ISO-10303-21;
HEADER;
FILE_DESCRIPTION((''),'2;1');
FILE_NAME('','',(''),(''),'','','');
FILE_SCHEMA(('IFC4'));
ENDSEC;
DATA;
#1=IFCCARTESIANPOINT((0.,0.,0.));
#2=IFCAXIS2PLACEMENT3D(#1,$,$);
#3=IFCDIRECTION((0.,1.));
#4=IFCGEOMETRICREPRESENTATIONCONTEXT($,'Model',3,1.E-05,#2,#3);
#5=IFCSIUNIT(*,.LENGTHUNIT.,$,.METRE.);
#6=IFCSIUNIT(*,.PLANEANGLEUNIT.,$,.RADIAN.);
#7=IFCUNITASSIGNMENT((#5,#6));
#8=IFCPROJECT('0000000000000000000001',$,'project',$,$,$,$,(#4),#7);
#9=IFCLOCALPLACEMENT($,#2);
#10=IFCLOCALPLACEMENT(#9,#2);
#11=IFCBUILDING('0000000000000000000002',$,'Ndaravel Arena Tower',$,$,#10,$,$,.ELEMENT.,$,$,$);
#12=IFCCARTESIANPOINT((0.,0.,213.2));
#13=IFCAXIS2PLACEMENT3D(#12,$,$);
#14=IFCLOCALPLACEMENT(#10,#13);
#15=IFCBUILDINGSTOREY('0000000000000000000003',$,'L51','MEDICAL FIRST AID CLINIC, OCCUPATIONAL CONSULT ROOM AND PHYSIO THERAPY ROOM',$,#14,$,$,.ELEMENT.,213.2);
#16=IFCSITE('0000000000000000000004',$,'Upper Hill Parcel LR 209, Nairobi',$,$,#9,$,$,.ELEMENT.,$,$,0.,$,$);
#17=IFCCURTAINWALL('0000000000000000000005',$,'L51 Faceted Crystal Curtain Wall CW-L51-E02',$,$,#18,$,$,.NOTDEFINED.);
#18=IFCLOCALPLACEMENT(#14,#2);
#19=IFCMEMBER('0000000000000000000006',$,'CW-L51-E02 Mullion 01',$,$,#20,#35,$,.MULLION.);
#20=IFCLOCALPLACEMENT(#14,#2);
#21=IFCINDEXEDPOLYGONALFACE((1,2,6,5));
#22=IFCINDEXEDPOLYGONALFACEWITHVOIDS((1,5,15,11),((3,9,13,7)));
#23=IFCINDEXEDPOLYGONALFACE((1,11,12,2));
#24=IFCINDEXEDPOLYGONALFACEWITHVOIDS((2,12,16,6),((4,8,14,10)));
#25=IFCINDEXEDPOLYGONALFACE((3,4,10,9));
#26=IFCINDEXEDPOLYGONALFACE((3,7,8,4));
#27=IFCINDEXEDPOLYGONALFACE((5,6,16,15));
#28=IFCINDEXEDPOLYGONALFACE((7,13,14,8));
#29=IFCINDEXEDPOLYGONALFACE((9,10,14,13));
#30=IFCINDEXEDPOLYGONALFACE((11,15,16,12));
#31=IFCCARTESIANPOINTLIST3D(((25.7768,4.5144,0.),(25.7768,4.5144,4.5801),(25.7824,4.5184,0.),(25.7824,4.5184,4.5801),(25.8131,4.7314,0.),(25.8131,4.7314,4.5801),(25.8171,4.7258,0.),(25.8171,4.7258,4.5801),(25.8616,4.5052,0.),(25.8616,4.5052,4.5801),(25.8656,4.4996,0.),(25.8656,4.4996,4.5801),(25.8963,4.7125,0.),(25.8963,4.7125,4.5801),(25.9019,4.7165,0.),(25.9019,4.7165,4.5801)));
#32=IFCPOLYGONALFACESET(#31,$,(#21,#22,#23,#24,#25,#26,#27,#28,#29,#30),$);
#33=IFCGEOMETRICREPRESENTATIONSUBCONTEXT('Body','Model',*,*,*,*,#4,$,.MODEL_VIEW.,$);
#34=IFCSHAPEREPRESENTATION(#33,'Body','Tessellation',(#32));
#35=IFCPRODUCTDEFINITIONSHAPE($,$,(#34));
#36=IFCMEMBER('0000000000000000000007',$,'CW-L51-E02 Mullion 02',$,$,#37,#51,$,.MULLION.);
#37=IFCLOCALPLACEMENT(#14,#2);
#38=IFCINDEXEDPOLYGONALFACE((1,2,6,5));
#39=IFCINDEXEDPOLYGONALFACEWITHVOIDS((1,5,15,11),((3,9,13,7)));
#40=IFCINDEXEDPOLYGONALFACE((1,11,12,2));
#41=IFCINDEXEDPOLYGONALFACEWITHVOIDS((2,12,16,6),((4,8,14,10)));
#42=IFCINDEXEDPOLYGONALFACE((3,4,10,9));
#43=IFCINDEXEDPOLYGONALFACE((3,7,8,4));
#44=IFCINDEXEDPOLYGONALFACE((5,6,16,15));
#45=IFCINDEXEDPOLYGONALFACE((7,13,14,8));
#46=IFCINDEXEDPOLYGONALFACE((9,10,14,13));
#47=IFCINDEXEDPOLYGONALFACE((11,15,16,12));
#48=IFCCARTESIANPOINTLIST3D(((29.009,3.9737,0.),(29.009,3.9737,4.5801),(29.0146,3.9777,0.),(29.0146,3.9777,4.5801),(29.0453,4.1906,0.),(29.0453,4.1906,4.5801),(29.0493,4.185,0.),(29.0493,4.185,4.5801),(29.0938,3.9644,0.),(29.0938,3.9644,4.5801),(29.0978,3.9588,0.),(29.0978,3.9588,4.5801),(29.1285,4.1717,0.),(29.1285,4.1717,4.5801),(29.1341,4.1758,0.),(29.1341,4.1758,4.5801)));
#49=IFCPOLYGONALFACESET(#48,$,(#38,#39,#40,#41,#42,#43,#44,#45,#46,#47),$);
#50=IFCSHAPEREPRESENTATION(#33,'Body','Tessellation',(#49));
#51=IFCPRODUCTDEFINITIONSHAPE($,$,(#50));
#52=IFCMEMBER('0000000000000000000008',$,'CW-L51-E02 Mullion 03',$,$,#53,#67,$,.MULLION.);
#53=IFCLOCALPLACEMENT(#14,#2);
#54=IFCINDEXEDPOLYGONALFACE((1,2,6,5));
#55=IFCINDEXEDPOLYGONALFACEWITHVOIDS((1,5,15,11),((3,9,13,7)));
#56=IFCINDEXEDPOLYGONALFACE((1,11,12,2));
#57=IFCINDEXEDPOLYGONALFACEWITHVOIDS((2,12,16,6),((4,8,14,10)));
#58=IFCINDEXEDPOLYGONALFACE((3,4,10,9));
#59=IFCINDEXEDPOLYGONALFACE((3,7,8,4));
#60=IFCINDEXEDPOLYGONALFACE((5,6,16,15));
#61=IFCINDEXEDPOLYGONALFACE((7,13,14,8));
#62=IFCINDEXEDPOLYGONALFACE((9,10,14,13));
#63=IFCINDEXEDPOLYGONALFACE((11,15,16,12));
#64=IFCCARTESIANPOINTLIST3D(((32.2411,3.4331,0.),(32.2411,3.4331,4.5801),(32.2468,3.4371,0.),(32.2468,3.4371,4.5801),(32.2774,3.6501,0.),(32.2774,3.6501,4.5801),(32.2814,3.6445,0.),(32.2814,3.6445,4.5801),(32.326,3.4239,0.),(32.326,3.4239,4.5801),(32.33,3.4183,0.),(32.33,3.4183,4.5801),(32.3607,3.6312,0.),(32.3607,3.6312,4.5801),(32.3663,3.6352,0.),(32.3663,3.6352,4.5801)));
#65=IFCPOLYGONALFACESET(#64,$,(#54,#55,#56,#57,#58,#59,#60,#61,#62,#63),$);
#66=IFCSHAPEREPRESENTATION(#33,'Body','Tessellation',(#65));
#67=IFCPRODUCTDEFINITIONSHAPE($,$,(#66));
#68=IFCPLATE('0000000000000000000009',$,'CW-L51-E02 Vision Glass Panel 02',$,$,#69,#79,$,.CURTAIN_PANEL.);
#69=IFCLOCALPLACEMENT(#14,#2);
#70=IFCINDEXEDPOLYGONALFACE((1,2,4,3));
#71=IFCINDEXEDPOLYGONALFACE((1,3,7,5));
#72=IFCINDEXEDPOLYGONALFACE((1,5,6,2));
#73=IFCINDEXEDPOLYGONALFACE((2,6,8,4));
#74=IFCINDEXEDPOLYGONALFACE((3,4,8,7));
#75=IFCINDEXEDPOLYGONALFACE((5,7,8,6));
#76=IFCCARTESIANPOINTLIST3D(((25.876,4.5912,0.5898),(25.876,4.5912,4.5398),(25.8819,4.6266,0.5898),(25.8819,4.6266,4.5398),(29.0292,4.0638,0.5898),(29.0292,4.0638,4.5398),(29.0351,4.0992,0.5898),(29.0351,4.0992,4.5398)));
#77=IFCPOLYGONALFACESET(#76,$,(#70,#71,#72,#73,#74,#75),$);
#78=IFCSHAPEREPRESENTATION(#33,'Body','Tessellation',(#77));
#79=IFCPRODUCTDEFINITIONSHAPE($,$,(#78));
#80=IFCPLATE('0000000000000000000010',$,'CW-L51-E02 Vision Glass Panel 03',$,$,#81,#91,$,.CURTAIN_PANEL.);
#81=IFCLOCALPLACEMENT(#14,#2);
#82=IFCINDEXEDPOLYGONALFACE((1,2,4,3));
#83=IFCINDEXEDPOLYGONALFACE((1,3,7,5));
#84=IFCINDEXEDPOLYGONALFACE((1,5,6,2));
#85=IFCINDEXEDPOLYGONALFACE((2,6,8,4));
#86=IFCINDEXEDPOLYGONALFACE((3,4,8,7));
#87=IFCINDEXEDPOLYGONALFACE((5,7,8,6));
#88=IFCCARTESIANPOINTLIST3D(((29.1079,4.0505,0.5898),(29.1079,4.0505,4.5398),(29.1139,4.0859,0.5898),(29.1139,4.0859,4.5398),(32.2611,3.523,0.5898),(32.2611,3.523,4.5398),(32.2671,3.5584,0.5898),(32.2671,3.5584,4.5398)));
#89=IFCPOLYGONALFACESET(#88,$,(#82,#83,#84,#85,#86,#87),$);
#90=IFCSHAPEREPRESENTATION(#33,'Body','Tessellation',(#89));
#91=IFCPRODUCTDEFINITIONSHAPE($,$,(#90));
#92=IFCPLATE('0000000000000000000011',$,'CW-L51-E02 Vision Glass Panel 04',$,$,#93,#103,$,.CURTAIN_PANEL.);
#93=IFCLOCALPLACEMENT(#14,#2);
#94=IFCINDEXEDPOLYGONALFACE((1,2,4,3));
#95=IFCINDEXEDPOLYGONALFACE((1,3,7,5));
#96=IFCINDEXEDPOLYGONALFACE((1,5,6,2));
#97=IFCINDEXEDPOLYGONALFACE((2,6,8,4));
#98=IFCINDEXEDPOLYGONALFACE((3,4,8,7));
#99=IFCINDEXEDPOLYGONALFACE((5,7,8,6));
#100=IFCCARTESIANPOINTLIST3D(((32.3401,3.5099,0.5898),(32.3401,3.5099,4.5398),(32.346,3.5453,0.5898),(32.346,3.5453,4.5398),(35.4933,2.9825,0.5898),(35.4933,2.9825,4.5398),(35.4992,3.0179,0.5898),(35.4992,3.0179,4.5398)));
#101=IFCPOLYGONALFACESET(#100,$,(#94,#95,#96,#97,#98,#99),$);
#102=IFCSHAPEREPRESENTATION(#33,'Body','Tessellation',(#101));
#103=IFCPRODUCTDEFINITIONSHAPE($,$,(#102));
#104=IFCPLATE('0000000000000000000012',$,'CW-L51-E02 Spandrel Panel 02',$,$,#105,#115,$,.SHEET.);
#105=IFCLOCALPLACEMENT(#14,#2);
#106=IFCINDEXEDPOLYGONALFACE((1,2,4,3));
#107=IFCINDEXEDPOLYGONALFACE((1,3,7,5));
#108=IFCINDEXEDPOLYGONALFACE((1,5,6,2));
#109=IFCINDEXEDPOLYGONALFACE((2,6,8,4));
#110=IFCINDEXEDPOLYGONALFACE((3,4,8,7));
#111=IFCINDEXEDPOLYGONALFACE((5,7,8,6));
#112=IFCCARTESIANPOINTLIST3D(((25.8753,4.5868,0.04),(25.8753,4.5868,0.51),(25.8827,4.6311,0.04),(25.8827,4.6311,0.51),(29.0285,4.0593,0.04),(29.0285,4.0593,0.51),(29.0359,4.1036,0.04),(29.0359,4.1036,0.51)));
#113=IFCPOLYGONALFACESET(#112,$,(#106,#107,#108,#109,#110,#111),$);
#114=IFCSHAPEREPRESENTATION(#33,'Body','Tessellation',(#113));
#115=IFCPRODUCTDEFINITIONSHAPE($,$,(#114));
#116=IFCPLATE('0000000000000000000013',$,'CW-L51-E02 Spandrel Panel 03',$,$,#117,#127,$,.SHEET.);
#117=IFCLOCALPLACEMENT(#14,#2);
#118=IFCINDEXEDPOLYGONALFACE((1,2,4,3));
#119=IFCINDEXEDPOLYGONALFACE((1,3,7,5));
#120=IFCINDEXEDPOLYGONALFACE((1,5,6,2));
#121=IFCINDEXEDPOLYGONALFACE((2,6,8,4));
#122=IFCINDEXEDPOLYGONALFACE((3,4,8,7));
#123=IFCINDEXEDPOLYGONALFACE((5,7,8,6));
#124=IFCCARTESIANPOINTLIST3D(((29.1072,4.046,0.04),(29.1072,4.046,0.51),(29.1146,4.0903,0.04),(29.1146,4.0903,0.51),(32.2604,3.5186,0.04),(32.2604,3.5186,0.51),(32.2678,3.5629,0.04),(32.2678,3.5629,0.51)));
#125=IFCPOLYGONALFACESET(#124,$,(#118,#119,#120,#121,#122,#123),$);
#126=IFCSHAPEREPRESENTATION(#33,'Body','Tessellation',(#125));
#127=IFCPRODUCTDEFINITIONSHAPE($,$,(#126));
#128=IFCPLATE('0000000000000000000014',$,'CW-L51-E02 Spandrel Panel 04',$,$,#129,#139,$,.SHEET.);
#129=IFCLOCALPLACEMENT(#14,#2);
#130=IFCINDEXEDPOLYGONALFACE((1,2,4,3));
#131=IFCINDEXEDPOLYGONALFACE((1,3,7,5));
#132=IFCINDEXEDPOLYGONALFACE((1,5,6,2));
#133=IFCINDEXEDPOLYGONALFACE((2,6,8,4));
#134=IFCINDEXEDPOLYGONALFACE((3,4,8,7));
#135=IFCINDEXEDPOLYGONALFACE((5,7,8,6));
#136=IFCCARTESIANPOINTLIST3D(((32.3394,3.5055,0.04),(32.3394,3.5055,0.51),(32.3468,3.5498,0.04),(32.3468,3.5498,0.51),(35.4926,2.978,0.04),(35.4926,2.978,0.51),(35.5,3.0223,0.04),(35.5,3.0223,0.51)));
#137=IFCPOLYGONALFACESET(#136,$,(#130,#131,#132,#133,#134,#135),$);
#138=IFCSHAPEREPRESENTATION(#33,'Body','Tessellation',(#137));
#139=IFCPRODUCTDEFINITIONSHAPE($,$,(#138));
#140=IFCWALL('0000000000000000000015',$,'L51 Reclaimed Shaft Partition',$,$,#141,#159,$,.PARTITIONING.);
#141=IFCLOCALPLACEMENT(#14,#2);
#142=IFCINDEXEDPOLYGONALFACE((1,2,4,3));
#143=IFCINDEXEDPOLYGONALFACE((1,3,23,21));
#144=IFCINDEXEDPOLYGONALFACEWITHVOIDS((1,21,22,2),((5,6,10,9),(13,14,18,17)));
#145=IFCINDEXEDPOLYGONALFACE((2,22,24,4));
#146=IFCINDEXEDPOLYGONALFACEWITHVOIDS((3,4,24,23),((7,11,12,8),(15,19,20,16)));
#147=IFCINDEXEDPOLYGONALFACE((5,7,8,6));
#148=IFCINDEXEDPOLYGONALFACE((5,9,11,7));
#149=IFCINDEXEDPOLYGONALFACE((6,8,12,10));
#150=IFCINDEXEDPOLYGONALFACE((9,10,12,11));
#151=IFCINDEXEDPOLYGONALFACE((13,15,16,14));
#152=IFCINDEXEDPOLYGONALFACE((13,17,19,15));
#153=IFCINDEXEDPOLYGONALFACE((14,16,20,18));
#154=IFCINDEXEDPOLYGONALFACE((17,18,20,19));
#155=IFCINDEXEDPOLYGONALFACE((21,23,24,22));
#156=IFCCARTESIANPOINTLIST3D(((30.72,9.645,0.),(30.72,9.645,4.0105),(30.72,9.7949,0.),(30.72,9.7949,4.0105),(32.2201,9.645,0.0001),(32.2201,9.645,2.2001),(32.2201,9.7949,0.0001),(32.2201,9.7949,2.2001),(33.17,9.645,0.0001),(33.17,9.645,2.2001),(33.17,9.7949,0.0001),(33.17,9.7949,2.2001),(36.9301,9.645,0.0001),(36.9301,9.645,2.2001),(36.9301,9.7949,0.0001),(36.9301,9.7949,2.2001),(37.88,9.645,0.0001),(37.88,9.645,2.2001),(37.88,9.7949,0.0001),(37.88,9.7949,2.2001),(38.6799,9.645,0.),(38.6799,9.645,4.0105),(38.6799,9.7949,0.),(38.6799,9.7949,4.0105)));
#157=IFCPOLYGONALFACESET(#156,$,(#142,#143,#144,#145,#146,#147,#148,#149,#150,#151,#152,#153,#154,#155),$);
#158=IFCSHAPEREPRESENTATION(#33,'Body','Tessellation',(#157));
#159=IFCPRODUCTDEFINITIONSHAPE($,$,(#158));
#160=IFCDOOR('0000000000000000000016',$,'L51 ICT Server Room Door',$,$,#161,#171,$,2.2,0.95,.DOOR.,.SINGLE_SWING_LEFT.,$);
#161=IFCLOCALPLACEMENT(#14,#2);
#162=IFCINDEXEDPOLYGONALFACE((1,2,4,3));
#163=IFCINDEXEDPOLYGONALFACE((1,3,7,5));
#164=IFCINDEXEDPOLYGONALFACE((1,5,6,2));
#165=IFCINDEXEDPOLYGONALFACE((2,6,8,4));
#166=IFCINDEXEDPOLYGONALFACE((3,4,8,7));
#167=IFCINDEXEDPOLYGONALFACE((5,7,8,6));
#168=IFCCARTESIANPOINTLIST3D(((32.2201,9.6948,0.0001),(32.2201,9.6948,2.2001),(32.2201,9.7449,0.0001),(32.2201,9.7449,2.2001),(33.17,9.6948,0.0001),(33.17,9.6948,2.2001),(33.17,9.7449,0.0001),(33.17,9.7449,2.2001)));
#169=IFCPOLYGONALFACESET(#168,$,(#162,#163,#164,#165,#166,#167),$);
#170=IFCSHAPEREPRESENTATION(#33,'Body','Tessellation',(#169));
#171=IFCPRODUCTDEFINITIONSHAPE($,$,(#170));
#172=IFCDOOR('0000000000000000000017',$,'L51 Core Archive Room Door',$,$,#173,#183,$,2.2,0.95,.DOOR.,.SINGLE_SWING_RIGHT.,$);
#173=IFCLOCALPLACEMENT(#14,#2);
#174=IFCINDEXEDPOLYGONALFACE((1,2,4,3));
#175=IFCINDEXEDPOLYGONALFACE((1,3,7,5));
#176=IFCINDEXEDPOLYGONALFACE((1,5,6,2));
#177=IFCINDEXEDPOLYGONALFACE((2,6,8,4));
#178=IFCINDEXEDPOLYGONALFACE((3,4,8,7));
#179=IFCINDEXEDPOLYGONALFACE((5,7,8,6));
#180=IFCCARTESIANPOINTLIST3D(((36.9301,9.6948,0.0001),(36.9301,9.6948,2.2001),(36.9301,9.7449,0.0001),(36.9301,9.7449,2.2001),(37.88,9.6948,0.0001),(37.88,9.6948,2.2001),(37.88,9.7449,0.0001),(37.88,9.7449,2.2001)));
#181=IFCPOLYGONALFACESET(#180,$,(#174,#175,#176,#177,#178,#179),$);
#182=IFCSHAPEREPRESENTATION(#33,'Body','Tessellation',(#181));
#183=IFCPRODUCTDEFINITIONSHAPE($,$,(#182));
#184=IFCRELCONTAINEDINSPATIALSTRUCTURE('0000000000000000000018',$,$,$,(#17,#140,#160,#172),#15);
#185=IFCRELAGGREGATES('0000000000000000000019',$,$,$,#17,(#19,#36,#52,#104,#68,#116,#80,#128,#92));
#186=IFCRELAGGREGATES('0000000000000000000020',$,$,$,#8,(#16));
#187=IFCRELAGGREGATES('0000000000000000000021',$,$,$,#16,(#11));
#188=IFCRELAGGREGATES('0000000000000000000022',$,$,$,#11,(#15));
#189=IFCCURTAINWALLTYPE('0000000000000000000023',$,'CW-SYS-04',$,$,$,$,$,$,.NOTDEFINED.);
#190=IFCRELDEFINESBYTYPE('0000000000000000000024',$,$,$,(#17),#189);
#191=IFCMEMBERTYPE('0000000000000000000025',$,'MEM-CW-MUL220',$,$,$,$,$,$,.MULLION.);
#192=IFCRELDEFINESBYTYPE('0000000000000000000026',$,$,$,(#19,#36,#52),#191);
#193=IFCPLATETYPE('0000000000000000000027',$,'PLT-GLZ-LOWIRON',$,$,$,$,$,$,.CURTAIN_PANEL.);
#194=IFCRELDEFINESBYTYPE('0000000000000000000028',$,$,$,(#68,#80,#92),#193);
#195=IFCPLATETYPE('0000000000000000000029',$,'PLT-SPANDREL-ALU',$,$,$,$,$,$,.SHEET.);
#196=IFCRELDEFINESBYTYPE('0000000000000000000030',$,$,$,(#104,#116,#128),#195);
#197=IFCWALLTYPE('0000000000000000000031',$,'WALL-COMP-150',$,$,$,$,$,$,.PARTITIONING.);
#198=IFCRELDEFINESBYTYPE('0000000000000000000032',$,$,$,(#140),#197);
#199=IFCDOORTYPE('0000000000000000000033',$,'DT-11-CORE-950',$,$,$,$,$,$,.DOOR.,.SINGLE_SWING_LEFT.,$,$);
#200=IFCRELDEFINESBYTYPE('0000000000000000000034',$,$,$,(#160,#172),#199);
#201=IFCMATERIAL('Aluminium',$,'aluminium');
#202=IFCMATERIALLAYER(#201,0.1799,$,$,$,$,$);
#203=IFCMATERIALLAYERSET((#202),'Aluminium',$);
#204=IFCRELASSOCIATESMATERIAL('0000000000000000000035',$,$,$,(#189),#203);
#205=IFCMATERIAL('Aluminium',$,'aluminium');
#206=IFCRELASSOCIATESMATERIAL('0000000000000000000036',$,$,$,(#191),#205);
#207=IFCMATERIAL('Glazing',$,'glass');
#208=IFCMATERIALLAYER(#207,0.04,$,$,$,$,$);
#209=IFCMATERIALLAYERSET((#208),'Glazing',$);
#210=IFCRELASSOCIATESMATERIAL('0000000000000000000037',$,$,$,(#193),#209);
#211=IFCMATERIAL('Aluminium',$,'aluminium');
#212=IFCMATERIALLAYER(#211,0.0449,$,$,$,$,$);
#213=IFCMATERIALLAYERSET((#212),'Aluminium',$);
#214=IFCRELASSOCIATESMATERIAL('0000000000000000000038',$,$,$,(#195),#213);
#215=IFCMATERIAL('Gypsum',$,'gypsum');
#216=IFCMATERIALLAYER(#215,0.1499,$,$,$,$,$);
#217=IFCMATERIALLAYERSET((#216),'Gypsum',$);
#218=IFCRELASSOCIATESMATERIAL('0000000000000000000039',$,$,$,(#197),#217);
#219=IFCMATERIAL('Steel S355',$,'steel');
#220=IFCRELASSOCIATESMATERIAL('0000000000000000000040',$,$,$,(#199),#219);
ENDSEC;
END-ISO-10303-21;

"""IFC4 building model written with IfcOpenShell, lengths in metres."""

from ifc_helpers import new_model, si_unit, direction, frame, frame_2d, origin, origin_2d, place, context, subcontext, project, spatial, rectangle, hollow_rectangle, extrude, material, layer, layer_set, material_profile, profile_set, type_object, element, fill, aggregate, save


model = new_model("IFC4")

# Units and contexts
model_context = context("Model", 3, precision=1e-05, world=origin(), true_north=direction((0.0, 1.0)))
body_context = subcontext(model_context, "Body", "Model", "MODEL_VIEW")
ifc_project = project(units=[si_unit("LENGTHUNIT", "METRE"), si_unit("PLANEANGLEUNIT", "RADIAN")], contexts=[model_context])

# Site, building, storey
site_placement = place(None, origin())
site = spatial("IfcSite", under=ifc_project, at=site_placement, Name="Upper Hill Parcel LR 209, Nairobi", CompositionType="ELEMENT", RefElevation=0.0)
building_placement = place(site_placement, origin())
building = spatial("IfcBuilding", under=site, at=building_placement, Name="Ndaravel Arena Tower", CompositionType="ELEMENT")
storey_placement = place(building_placement, frame((0.0, 0.0, 213.2)))
storey = spatial("IfcBuildingStorey", under=building, at=storey_placement, Name="L51", Description="MEDICAL FIRST AID CLINIC, OCCUPATIONAL CONSULT ROOM AND PHYSIO THERAPY ROOM", CompositionType="ELEMENT", Elevation=213.2)

# Curtain wall, members, plates
ifc_material_1 = material(Name="Aluminium", Category="aluminium")
ifc_layer_1 = layer(ifc_material_1, 0.1799)
ifc_layer_set_1 = layer_set([ifc_layer_1], Name="Aluminium")
curtain_wall_type = type_object("IfcCurtainWallType", Name="CW-SYS-04", PredefinedType="NOTDEFINED", material=ifc_layer_set_1)
curtain_wall_placement = place(storey_placement, origin())
curtain_wall = element("IfcCurtainWall", 1, at=curtain_wall_placement, inside=storey, type_object=curtain_wall_type, Name="L51 Faceted Crystal Curtain Wall CW-L51-E02", PredefinedType="NOTDEFINED")
ifc_material_2 = material(Name="Aluminium", Category="aluminium")
ifc_material_profile = material_profile(ifc_material_2, hollow_rectangle(XDim=0.0901, YDim=0.22, WallThickness=0.0049, at=origin_2d()), Name="CW MULLION 90x220x5")
ifc_profile_set = profile_set([ifc_material_profile], Name="Aluminium")
member_type = type_object("IfcMemberType", Name="MEM-CW-MUL220", PredefinedType="MULLION", material=ifc_profile_set)
member_1_placement = place(storey_placement, frame((25.8394, 4.6155, 0.0), z_axis=(0.0, 0.0, 1.0), x_axis=(0.986297, -0.164979, 0.0)))
member_1 = element("IfcMember", 2, at=member_1_placement, type_object=member_type, Name="CW-L51-E02 Mullion 01", PredefinedType="MULLION", context=body_context, shape_type="SweptSolid", body=[
    extrude(hollow_rectangle(XDim=0.0901, YDim=0.22, WallThickness=0.0049, at=origin_2d()), origin(), (0.0, 0.0, 1.0), 4.5801),
])
member_2_placement = place(storey_placement, frame((29.0715, 4.0747, 0.0), z_axis=(0.0, 0.0, 1.0), x_axis=(0.986297, -0.164979, 0.0)))
member_2 = element("IfcMember", 3, at=member_2_placement, type_object=member_type, Name="CW-L51-E02 Mullion 02", PredefinedType="MULLION", context=body_context, shape_type="SweptSolid", body=[
    extrude(hollow_rectangle(XDim=0.0901, YDim=0.22, WallThickness=0.0049, at=origin_2d()), origin(), (0.0, 0.0, 1.0), 4.5801),
])
member_3_placement = place(storey_placement, frame((32.3037, 3.5342, 0.0), z_axis=(0.0, 0.0, 1.0), x_axis=(0.986297, -0.164979, 0.0)))
member_3 = element("IfcMember", 4, at=member_3_placement, type_object=member_type, Name="CW-L51-E02 Mullion 03", PredefinedType="MULLION", context=body_context, shape_type="SweptSolid", body=[
    extrude(hollow_rectangle(XDim=0.0901, YDim=0.22, WallThickness=0.0049, at=origin_2d()), origin(), (0.0, 0.0, 1.0), 4.5801),
])
ifc_material_3 = material(Name="Glazing", Category="glass")
ifc_layer_2 = layer(ifc_material_3, 0.04)
ifc_layer_set_2 = layer_set([ifc_layer_2], Name="Glazing")
plate_type_1 = type_object("IfcPlateType", Name="PLT-GLZ-LOWIRON", PredefinedType="CURTAIN_PANEL", material=ifc_layer_set_2)
plate_1_placement = place(storey_placement, frame((27.4556, 4.3452, 0.5898), z_axis=(0.0, 0.0, 1.0), x_axis=(0.986297, -0.164979, 0.0)))
plate_1 = element("IfcPlate", 5, at=plate_1_placement, type_object=plate_type_1, Name="CW-L51-E02 Vision Glass Panel 02", PredefinedType="CURTAIN_PANEL", context=body_context, shape_type="SweptSolid", body=[
    extrude(rectangle(XDim=3.197, YDim=0.0359, at=origin_2d()), origin(), (0.0, 0.0, 1.0), 3.95),
])
plate_2_placement = place(storey_placement, frame((30.6875, 3.8044, 0.5898), z_axis=(0.0, 0.0, 1.0), x_axis=(0.986297, -0.164979, 0.0)))
plate_2 = element("IfcPlate", 6, at=plate_2_placement, type_object=plate_type_1, Name="CW-L51-E02 Vision Glass Panel 03", PredefinedType="CURTAIN_PANEL", context=body_context, shape_type="SweptSolid", body=[
    extrude(rectangle(XDim=3.197, YDim=0.0359, at=origin_2d()), origin(), (0.0, 0.0, 1.0), 3.95),
])
plate_3_placement = place(storey_placement, frame((33.9197, 3.2639, 0.5898), z_axis=(0.0, 0.0, 1.0), x_axis=(0.986297, -0.164979, 0.0)))
plate_3 = element("IfcPlate", 7, at=plate_3_placement, type_object=plate_type_1, Name="CW-L51-E02 Vision Glass Panel 04", PredefinedType="CURTAIN_PANEL", context=body_context, shape_type="SweptSolid", body=[
    extrude(rectangle(XDim=3.197, YDim=0.0359, at=origin_2d()), origin(), (0.0, 0.0, 1.0), 3.95),
])
ifc_material_4 = material(Name="Aluminium", Category="aluminium")
ifc_layer_3 = layer(ifc_material_4, 0.0449)
ifc_layer_set_3 = layer_set([ifc_layer_3], Name="Aluminium")
plate_type_2 = type_object("IfcPlateType", Name="PLT-SPANDREL-ALU", PredefinedType="SHEET", material=ifc_layer_set_3)
plate_4_placement = place(storey_placement, frame((27.4556, 4.3452, 0.04), z_axis=(0.0, 0.0, 1.0), x_axis=(0.986297, -0.164979, 0.0)))
plate_4 = element("IfcPlate", 8, at=plate_4_placement, type_object=plate_type_2, Name="CW-L51-E02 Spandrel Panel 02", PredefinedType="SHEET", context=body_context, shape_type="SweptSolid", body=[
    extrude(rectangle(XDim=3.197, YDim=0.0449, at=origin_2d()), origin(), (0.0, 0.0, 1.0), 0.47),
])
plate_5_placement = place(storey_placement, frame((30.6875, 3.8044, 0.04), z_axis=(0.0, 0.0, 1.0), x_axis=(0.986297, -0.164979, 0.0)))
plate_5 = element("IfcPlate", 9, at=plate_5_placement, type_object=plate_type_2, Name="CW-L51-E02 Spandrel Panel 03", PredefinedType="SHEET", context=body_context, shape_type="SweptSolid", body=[
    extrude(rectangle(XDim=3.197, YDim=0.0449, at=origin_2d()), origin(), (0.0, 0.0, 1.0), 0.47),
])
plate_6_placement = place(storey_placement, frame((33.9197, 3.2639, 0.04), z_axis=(0.0, 0.0, 1.0), x_axis=(0.986297, -0.164979, 0.0)))
plate_6 = element("IfcPlate", 10, at=plate_6_placement, type_object=plate_type_2, Name="CW-L51-E02 Spandrel Panel 04", PredefinedType="SHEET", context=body_context, shape_type="SweptSolid", body=[
    extrude(rectangle(XDim=3.197, YDim=0.0449, at=origin_2d()), origin(), (0.0, 0.0, 1.0), 0.47),
])
aggregate(curtain_wall, [member_1, member_2, member_3, plate_4, plate_1, plate_5, plate_2, plate_6, plate_3])

# Wall, openings, doors
ifc_material_5 = material(Name="Gypsum", Category="gypsum")
ifc_layer_4 = layer(ifc_material_5, 0.1499)
ifc_layer_set_4 = layer_set([ifc_layer_4], Name="Gypsum")
wall_type_1 = type_object("IfcWallType", Name="WALL-COMP-150", PredefinedType="PARTITIONING", material=ifc_layer_set_4)
wall_1_placement = place(storey_placement, frame((30.72, 9.72, 0.0), z_axis=(0.0, 0.0, 1.0), x_axis=(1.0, 0.0, 0.0)))
wall_1 = element("IfcWall", 11, at=wall_1_placement, inside=storey, type_object=wall_type_1, Name="L51 Reclaimed Shaft Partition", PredefinedType="PARTITIONING", context=body_context, shape_type="SweptSolid", body=[
    extrude(rectangle(XDim=7.96, YDim=0.1499, at=frame_2d((3.98, 0.0))), origin(), (0.0, 0.0, 1.0), 4.0105),
])
opening_1_placement = place(wall_1_placement, frame((1.5, 0.0, 0.0)))
opening_1 = element("IfcOpeningElement", 12, at=opening_1_placement, cuts=wall_1, PredefinedType="OPENING", context=body_context, shape_type="SweptSolid", body=[
    extrude(rectangle(XDim=0.95, YDim=2.2, at=frame_2d((0.4751, 1.1001))), frame((0.0, 0.075, 0.0), z_axis=(0.0, -1.0, 0.0), x_axis=(1.0, 0.0, 0.0)), (0.0, 0.0, 1.0), 0.1499),
])
opening_2_placement = place(wall_1_placement, frame((6.21, 0.0, 0.0)))
opening_2 = element("IfcOpeningElement", 13, at=opening_2_placement, cuts=wall_1, PredefinedType="OPENING", context=body_context, shape_type="SweptSolid", body=[
    extrude(rectangle(XDim=0.95, YDim=2.2, at=frame_2d((0.4751, 1.1001))), frame((0.0, 0.075, 0.0), z_axis=(0.0, -1.0, 0.0), x_axis=(1.0, 0.0, 0.0)), (0.0, 0.0, 1.0), 0.1499),
])
ifc_material_6 = material(Name="Steel S355", Category="steel")
door_type = type_object("IfcDoorType", Name="DT-11-CORE-950", OperationType="SINGLE_SWING_LEFT", PredefinedType="DOOR", material=ifc_material_6)
door_1_placement = place(opening_1_placement, origin())
door_1 = element("IfcDoor", 14, at=door_1_placement, inside=storey, type_object=door_type, Name="L51 ICT Server Room Door", OperationType="SINGLE_SWING_LEFT", OverallHeight=2.2, OverallWidth=0.95, PredefinedType="DOOR", context=body_context, shape_type="SweptSolid", body=[
    extrude(rectangle(XDim=0.95, YDim=2.2, at=frame_2d((0.4751, 1.1001))), frame((0.0, 0.0249, 0.0), z_axis=(0.0, -1.0, 0.0), x_axis=(1.0, 0.0, 0.0)), (0.0, 0.0, 1.0), 0.05),
])
fill(opening_1, door_1)
door_2_placement = place(opening_2_placement, origin())
door_2 = element("IfcDoor", 15, at=door_2_placement, inside=storey, type_object=door_type, Name="L51 Core Archive Room Door", OperationType="SINGLE_SWING_RIGHT", OverallHeight=2.2, OverallWidth=0.95, PredefinedType="DOOR", context=body_context, shape_type="SweptSolid", body=[
    extrude(rectangle(XDim=0.95, YDim=2.2, at=frame_2d((0.4751, 1.1001))), frame((0.0, 0.0249, 0.0), z_axis=(0.0, -1.0, 0.0), x_axis=(1.0, 0.0, 0.0)), (0.0, 0.0, 1.0), 0.05),
])
fill(opening_2, door_2)

save(model, "model.ifc")
